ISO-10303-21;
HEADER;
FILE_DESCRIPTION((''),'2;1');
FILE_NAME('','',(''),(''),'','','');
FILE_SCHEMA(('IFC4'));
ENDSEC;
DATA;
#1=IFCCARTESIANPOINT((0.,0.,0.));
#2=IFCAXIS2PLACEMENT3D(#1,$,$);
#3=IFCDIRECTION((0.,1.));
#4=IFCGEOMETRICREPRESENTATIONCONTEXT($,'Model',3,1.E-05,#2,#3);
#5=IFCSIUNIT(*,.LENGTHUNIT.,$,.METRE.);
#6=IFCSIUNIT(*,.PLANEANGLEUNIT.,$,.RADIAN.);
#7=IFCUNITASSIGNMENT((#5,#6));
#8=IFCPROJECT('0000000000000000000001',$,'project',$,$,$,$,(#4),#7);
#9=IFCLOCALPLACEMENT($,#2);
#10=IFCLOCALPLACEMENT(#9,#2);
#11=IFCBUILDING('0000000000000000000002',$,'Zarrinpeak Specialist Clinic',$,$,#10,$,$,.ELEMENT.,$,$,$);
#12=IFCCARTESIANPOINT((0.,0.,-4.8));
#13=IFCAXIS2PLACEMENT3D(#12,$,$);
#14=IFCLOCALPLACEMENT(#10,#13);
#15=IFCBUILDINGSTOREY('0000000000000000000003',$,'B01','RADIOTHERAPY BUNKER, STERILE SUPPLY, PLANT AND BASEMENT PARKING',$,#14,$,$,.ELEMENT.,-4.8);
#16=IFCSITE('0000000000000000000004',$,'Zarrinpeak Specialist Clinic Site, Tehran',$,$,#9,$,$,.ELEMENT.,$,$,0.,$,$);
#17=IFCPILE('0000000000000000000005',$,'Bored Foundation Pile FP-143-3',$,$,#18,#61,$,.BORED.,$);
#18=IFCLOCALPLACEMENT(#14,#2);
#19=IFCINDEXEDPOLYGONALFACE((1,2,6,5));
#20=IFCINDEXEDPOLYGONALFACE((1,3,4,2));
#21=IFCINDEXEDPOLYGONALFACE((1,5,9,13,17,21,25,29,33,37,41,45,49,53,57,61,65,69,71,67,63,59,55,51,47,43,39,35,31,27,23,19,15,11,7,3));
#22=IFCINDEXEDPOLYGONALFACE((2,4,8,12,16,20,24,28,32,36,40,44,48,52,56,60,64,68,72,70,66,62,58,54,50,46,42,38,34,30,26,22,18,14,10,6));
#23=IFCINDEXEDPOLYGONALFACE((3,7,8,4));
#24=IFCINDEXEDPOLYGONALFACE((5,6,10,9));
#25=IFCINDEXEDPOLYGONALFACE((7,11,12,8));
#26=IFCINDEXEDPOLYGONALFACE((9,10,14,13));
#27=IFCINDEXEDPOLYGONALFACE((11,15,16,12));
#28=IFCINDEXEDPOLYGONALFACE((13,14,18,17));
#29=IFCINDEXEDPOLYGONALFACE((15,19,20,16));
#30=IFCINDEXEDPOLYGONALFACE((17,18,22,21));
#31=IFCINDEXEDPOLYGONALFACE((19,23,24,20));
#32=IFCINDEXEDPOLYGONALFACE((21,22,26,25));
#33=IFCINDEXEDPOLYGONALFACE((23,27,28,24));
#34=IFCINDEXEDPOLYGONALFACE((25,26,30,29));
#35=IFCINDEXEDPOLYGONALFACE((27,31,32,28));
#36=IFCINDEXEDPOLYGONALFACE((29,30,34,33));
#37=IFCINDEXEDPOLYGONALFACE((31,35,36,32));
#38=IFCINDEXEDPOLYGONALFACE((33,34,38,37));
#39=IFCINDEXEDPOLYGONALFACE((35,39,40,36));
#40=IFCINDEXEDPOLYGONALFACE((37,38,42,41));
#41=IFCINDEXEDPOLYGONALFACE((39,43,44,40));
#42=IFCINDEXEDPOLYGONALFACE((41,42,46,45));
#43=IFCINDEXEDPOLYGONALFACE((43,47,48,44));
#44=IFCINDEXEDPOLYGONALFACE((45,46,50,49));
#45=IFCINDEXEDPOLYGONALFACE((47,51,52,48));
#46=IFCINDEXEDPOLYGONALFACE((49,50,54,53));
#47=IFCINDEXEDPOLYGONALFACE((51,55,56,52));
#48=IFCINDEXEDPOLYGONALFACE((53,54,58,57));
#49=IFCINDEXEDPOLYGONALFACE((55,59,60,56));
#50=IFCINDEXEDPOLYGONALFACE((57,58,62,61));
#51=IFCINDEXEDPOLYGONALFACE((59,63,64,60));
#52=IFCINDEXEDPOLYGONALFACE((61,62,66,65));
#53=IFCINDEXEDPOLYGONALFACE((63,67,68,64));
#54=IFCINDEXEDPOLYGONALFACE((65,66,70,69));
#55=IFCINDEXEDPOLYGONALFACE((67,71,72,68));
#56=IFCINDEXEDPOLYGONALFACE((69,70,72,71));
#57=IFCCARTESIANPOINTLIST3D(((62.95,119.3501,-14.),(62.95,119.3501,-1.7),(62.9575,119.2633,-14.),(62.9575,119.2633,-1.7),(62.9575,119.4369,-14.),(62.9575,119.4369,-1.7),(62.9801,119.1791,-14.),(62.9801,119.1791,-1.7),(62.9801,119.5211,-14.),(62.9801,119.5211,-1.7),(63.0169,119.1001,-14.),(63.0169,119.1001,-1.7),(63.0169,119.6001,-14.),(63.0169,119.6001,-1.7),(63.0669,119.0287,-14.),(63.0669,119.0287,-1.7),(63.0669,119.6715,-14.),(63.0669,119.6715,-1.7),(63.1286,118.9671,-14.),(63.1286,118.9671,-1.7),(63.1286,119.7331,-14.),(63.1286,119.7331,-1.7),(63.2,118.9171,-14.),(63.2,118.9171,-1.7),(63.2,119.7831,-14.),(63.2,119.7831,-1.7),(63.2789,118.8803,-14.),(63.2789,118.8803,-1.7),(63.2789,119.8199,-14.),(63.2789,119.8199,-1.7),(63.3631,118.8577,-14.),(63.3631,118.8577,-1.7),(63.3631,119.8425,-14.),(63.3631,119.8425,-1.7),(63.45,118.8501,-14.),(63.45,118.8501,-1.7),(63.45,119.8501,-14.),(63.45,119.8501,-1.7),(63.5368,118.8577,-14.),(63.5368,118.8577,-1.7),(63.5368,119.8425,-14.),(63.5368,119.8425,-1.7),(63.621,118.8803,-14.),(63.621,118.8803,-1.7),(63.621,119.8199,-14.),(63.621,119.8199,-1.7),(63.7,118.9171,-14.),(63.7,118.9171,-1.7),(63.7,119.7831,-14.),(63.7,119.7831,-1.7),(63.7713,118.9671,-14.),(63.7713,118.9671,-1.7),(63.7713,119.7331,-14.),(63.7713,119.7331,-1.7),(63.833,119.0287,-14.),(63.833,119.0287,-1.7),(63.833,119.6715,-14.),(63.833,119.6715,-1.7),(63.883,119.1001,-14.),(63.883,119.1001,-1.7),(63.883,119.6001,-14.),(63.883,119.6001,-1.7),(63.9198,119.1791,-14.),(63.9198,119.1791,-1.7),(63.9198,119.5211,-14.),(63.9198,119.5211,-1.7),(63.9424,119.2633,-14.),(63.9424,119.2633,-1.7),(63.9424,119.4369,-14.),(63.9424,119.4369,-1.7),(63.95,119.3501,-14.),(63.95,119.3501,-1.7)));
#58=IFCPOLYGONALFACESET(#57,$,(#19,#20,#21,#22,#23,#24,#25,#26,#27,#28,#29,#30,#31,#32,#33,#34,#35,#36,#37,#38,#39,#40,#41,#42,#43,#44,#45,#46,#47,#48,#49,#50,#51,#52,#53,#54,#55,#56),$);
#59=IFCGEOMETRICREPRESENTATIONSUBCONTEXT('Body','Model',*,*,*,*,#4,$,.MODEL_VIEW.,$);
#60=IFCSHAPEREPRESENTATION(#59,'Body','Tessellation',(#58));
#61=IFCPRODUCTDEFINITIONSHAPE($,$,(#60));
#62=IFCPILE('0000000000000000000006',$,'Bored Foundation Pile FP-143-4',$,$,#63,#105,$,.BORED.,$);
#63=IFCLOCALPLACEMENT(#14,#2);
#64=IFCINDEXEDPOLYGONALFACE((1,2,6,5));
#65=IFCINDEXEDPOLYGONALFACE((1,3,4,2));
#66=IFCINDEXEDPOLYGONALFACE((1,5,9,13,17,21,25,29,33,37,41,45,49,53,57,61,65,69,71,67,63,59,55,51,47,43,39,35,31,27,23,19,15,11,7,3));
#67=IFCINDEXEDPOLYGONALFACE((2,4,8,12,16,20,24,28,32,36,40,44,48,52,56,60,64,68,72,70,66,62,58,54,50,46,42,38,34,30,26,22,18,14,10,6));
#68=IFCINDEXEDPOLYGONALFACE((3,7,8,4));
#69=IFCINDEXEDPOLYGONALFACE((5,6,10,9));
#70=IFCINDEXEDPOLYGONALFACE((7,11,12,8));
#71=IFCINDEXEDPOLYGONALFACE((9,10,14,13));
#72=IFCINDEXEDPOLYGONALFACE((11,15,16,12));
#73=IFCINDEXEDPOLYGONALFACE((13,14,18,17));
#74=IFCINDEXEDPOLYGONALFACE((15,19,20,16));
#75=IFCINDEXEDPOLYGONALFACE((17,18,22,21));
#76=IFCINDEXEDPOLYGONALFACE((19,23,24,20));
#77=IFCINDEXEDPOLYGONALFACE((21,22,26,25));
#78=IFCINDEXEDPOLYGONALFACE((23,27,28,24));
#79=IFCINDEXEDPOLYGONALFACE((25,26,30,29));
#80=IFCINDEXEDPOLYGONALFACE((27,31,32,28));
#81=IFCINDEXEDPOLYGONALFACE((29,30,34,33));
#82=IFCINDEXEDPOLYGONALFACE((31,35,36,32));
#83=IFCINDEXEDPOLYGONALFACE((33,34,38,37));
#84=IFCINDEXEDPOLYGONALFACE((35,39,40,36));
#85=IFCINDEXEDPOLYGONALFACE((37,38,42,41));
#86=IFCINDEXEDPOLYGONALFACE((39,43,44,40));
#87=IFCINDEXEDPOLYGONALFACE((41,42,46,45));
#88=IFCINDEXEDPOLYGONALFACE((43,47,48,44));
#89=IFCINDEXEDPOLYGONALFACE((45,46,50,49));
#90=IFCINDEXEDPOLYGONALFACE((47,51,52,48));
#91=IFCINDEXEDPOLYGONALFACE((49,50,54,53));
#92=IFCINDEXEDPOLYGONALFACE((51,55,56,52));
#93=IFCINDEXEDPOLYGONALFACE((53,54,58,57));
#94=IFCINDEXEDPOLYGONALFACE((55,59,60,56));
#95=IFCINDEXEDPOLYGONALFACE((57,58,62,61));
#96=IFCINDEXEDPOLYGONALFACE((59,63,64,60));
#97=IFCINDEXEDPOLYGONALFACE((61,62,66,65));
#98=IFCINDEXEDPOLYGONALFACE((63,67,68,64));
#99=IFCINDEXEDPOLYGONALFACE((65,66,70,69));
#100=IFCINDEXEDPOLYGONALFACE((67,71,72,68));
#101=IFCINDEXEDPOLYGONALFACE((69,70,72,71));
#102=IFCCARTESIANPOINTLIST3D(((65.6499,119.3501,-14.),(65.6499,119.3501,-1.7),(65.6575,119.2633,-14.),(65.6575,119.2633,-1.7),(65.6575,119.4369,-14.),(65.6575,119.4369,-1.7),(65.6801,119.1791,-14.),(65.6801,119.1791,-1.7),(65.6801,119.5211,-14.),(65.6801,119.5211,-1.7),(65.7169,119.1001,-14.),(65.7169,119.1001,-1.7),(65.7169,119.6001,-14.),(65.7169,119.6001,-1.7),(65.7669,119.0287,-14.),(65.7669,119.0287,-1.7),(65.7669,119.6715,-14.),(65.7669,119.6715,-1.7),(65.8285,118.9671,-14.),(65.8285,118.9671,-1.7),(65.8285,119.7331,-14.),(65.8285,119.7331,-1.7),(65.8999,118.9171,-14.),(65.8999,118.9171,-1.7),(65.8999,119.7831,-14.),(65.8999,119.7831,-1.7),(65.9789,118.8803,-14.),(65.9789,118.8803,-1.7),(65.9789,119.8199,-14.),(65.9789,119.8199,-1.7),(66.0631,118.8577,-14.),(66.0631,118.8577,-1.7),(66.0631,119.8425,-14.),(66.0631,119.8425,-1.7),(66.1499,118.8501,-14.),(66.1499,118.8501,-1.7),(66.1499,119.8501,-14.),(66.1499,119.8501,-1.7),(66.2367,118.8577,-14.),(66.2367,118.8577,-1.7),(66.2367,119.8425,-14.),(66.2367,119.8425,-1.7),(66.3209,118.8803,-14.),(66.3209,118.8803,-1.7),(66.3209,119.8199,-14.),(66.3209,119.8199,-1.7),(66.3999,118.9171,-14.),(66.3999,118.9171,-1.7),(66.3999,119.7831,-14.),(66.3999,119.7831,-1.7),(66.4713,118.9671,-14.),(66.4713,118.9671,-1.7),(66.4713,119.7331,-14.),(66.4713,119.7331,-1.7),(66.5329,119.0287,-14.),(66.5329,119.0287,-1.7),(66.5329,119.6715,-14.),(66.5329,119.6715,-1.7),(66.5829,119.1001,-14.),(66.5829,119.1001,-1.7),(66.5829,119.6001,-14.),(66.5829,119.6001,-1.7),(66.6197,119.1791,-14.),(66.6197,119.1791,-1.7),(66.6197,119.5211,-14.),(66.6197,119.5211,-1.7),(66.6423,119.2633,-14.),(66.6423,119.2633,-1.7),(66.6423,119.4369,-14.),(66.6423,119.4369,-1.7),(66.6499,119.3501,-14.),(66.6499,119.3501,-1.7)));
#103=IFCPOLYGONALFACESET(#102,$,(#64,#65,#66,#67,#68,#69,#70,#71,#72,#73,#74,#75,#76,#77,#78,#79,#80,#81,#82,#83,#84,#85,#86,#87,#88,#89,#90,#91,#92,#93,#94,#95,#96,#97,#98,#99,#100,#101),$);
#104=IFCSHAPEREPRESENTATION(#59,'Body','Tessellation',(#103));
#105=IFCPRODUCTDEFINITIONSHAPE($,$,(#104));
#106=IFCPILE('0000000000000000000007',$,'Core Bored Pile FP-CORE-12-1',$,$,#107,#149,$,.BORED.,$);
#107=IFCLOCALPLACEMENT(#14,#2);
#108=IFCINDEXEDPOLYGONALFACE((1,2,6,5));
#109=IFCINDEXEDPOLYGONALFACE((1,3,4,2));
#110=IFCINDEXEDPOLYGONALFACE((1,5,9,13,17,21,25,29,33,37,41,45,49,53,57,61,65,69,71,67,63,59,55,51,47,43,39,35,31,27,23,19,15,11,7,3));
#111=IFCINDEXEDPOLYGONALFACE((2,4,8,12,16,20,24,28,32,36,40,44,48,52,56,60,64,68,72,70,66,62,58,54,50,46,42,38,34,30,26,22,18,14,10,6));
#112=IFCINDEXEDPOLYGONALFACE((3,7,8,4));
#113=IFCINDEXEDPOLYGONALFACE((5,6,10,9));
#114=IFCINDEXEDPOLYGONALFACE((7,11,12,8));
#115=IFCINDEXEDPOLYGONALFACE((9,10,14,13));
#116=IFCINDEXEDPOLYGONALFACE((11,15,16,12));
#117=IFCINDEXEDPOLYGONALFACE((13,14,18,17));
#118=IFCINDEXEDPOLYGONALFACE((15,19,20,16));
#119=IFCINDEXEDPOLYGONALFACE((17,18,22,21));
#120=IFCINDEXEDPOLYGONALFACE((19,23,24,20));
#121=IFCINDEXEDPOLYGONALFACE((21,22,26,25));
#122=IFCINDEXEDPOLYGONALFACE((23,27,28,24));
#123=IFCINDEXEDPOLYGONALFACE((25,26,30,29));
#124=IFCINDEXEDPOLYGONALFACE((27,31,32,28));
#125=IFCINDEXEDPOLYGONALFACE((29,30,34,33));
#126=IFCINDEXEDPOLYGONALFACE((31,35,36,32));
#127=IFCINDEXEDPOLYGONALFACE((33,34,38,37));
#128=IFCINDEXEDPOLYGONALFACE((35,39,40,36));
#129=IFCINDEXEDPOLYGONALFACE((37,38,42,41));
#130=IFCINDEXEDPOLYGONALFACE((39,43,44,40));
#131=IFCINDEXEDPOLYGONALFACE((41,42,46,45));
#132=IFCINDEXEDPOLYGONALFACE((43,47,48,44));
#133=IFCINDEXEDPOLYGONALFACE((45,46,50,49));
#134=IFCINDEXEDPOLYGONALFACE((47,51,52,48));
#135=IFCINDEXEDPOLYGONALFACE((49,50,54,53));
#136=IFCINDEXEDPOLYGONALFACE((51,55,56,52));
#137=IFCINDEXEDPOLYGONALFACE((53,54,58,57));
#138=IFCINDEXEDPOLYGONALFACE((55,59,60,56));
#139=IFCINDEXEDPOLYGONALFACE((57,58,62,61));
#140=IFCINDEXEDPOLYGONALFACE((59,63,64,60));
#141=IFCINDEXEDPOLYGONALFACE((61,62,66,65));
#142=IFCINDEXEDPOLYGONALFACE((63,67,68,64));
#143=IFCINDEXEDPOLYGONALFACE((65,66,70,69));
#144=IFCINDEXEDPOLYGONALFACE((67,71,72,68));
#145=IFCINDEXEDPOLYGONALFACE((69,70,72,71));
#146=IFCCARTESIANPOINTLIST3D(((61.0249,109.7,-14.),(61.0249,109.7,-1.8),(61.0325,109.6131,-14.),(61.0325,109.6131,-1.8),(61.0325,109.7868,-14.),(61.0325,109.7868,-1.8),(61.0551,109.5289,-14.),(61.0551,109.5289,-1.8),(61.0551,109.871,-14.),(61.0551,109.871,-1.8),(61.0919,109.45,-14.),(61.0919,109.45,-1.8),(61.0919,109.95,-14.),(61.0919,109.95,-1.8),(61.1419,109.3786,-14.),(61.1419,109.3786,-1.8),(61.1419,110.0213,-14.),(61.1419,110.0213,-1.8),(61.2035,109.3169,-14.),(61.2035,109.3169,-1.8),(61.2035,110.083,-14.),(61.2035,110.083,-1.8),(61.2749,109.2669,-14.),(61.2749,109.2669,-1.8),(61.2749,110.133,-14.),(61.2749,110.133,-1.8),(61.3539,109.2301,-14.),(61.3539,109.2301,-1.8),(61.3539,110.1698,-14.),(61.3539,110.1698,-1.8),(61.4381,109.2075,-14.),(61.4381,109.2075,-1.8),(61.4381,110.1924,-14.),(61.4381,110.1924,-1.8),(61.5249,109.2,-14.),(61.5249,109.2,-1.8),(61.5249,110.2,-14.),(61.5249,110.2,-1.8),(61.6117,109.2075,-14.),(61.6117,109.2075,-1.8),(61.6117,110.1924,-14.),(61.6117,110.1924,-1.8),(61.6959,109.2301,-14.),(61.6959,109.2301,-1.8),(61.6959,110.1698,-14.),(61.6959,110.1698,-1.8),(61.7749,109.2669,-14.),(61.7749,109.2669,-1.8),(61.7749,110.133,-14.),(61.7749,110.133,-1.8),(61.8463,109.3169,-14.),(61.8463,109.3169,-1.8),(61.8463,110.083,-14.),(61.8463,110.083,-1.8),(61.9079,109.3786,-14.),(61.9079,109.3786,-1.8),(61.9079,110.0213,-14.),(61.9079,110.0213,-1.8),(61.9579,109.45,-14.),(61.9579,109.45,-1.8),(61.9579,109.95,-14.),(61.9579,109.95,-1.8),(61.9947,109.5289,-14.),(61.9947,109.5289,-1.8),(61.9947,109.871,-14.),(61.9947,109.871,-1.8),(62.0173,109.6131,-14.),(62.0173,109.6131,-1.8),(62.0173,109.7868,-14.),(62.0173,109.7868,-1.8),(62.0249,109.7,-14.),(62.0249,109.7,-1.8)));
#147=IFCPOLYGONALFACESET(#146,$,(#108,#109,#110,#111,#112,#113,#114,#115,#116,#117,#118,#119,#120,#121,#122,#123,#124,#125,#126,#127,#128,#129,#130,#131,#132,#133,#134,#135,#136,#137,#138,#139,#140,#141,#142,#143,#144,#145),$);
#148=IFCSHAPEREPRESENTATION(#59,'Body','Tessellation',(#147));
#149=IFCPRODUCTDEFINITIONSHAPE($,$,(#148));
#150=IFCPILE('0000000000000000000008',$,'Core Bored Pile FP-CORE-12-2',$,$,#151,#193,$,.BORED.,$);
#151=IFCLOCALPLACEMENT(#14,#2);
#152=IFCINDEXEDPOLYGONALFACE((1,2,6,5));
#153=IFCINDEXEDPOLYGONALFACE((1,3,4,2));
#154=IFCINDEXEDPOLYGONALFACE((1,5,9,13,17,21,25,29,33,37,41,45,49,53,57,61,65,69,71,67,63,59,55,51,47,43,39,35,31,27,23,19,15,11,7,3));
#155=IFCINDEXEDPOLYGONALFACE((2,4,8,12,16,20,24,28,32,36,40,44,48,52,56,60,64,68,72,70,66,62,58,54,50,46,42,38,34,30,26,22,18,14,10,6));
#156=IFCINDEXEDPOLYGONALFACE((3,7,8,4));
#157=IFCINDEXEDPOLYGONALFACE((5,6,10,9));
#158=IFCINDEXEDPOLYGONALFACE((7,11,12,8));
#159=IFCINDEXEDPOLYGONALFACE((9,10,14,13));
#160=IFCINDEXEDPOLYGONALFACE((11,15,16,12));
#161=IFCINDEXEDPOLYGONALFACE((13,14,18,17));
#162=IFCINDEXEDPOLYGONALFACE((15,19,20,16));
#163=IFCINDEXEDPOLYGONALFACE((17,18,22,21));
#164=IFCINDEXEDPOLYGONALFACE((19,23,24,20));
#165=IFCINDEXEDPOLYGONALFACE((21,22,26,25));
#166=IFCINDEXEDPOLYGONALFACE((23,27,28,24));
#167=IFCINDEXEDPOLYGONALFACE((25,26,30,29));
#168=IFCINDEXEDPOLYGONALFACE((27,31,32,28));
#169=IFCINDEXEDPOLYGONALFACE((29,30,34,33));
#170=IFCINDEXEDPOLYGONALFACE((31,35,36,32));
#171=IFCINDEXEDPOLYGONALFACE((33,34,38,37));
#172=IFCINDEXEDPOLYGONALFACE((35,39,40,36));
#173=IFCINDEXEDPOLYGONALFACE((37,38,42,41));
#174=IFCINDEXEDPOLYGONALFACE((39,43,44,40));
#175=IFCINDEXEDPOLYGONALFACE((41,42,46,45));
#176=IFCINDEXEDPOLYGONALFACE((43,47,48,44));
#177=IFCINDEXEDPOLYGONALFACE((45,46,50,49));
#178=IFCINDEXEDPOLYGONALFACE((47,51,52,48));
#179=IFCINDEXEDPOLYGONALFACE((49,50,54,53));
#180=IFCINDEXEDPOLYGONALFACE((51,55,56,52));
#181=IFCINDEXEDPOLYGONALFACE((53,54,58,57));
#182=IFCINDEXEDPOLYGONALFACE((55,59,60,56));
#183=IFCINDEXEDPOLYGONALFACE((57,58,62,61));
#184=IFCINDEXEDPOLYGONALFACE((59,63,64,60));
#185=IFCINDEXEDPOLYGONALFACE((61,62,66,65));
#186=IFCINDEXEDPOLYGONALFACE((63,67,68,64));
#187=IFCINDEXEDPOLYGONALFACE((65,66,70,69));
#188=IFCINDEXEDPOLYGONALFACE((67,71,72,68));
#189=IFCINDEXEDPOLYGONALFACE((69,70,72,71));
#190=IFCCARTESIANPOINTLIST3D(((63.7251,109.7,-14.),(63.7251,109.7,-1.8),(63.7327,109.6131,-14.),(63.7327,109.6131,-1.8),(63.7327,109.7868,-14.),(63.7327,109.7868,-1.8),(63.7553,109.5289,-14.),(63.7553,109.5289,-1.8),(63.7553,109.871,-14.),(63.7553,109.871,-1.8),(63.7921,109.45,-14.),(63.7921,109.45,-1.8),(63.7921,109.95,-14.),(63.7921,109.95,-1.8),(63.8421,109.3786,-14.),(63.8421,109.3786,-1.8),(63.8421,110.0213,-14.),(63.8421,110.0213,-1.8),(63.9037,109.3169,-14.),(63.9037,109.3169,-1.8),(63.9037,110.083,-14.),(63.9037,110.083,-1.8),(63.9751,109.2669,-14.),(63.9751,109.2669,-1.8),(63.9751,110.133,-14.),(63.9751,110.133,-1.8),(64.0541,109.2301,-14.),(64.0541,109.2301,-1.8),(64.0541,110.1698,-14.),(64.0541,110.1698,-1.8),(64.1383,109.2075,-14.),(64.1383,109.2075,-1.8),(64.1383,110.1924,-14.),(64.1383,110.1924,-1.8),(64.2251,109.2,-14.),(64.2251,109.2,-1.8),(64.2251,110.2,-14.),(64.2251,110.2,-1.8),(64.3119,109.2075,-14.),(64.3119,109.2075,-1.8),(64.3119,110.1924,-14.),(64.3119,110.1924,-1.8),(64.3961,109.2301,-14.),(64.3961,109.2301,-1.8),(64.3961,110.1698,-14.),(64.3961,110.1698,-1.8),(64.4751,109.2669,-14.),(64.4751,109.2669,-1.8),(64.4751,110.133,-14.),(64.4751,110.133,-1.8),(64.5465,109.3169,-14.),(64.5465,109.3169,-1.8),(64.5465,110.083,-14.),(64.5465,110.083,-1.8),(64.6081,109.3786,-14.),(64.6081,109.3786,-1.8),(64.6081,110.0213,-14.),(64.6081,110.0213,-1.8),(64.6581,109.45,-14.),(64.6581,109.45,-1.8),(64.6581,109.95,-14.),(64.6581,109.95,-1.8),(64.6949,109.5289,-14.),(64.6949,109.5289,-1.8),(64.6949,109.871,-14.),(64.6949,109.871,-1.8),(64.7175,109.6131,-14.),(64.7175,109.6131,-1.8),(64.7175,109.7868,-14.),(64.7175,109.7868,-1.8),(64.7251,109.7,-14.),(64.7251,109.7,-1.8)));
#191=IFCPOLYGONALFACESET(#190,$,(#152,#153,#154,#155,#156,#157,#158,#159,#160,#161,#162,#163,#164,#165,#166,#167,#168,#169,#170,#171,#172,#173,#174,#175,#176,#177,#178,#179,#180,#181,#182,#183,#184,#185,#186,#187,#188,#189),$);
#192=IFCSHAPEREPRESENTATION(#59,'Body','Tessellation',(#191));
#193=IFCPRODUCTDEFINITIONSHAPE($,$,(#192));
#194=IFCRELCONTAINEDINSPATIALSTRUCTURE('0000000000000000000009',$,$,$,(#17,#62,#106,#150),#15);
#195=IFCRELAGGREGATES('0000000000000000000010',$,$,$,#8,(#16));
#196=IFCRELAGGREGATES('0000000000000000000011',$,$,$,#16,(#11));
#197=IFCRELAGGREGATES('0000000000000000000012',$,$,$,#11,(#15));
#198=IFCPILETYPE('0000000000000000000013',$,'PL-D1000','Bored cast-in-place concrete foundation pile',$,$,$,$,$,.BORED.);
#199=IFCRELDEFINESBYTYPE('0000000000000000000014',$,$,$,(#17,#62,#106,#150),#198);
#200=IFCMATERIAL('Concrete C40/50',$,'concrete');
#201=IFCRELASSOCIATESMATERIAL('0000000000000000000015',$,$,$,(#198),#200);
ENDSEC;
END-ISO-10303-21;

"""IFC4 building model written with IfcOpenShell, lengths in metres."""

from ifc_helpers import new_model, si_unit, direction, frame, origin, origin_2d, place, context, subcontext, project, spatial, circle, extrude, material, material_profile, profile_set, type_object, element, save


model = new_model("IFC4")

# Units and contexts
model_context = context("Model", 3, precision=1e-05, world=origin(), true_north=direction((0.0, 1.0)))
body_context = subcontext(model_context, "Body", "Model", "MODEL_VIEW")
ifc_project = project(units=[si_unit("LENGTHUNIT", "METRE"), si_unit("PLANEANGLEUNIT", "RADIAN")], contexts=[model_context])

# Site, building, storey
site_placement = place(None, origin())
site = spatial("IfcSite", under=ifc_project, at=site_placement, Name="Zarrinpeak Specialist Clinic Site, Tehran", CompositionType="ELEMENT", RefElevation=0.0)
building_placement = place(site_placement, origin())
building = spatial("IfcBuilding", under=site, at=building_placement, Name="Zarrinpeak Specialist Clinic", CompositionType="ELEMENT")
storey_placement = place(building_placement, frame((0.0, 0.0, -4.8)))
storey = spatial("IfcBuildingStorey", under=building, at=storey_placement, Name="B01", Description="RADIOTHERAPY BUNKER, STERILE SUPPLY, PLANT AND BASEMENT PARKING", CompositionType="ELEMENT", Elevation=-4.8)

# Shared definitions
ifc_material_1 = material(Name="Concrete C40/50", Category="concrete")

# Piles
ifc_material_profile_1 = material_profile(ifc_material_1, circle(Radius=0.5, at=origin_2d()), Name="BORED PILE D1000")
ifc_profile_set_1 = profile_set([ifc_material_profile_1], Name="Concrete C40/50")
pile_type = type_object("IfcPileType", Name="PL-D1000", Description="Bored cast-in-place concrete foundation pile", PredefinedType="BORED", material=ifc_profile_set_1)
for number, where, z_axis, x_axis, name in (
    (1, (63.45, 119.3501, -1.7), (0.0, 0.0, -1.0), (1.0, 0.0, 0.0), "Bored Foundation Pile FP-143-3"),
    (2, (66.1499, 119.3501, -1.7), (0.0, 0.0, -1.0), (1.0, 0.0, 0.0), "Bored Foundation Pile FP-143-4"),
):
    element("IfcPile", number, at=place(storey_placement, frame(where, z_axis=z_axis, x_axis=x_axis)), inside=storey, type_object=pile_type, Name=name, PredefinedType="BORED", context=body_context, shape_type="SweptSolid", body=[
        extrude(circle(Radius=0.5, at=origin_2d()), origin(), (0.0, 0.0, 1.0), 12.3),
    ])
for number, where, z_axis, x_axis, name in (
    (3, (61.5249, 109.7, -1.8), (0.0, 0.0, -1.0), (1.0, 0.0, 0.0), "Core Bored Pile FP-CORE-12-1"),
    (4, (64.2251, 109.7, -1.8), (0.0, 0.0, -1.0), (1.0, 0.0, 0.0), "Core Bored Pile FP-CORE-12-2"),
):
    element("IfcPile", number, at=place(storey_placement, frame(where, z_axis=z_axis, x_axis=x_axis)), inside=storey, type_object=pile_type, Name=name, PredefinedType="BORED", context=body_context, shape_type="SweptSolid", body=[
        extrude(circle(Radius=0.5, at=origin_2d()), origin(), (0.0, 0.0, 1.0), 12.2),
    ])

save(model, "model.ifc")
